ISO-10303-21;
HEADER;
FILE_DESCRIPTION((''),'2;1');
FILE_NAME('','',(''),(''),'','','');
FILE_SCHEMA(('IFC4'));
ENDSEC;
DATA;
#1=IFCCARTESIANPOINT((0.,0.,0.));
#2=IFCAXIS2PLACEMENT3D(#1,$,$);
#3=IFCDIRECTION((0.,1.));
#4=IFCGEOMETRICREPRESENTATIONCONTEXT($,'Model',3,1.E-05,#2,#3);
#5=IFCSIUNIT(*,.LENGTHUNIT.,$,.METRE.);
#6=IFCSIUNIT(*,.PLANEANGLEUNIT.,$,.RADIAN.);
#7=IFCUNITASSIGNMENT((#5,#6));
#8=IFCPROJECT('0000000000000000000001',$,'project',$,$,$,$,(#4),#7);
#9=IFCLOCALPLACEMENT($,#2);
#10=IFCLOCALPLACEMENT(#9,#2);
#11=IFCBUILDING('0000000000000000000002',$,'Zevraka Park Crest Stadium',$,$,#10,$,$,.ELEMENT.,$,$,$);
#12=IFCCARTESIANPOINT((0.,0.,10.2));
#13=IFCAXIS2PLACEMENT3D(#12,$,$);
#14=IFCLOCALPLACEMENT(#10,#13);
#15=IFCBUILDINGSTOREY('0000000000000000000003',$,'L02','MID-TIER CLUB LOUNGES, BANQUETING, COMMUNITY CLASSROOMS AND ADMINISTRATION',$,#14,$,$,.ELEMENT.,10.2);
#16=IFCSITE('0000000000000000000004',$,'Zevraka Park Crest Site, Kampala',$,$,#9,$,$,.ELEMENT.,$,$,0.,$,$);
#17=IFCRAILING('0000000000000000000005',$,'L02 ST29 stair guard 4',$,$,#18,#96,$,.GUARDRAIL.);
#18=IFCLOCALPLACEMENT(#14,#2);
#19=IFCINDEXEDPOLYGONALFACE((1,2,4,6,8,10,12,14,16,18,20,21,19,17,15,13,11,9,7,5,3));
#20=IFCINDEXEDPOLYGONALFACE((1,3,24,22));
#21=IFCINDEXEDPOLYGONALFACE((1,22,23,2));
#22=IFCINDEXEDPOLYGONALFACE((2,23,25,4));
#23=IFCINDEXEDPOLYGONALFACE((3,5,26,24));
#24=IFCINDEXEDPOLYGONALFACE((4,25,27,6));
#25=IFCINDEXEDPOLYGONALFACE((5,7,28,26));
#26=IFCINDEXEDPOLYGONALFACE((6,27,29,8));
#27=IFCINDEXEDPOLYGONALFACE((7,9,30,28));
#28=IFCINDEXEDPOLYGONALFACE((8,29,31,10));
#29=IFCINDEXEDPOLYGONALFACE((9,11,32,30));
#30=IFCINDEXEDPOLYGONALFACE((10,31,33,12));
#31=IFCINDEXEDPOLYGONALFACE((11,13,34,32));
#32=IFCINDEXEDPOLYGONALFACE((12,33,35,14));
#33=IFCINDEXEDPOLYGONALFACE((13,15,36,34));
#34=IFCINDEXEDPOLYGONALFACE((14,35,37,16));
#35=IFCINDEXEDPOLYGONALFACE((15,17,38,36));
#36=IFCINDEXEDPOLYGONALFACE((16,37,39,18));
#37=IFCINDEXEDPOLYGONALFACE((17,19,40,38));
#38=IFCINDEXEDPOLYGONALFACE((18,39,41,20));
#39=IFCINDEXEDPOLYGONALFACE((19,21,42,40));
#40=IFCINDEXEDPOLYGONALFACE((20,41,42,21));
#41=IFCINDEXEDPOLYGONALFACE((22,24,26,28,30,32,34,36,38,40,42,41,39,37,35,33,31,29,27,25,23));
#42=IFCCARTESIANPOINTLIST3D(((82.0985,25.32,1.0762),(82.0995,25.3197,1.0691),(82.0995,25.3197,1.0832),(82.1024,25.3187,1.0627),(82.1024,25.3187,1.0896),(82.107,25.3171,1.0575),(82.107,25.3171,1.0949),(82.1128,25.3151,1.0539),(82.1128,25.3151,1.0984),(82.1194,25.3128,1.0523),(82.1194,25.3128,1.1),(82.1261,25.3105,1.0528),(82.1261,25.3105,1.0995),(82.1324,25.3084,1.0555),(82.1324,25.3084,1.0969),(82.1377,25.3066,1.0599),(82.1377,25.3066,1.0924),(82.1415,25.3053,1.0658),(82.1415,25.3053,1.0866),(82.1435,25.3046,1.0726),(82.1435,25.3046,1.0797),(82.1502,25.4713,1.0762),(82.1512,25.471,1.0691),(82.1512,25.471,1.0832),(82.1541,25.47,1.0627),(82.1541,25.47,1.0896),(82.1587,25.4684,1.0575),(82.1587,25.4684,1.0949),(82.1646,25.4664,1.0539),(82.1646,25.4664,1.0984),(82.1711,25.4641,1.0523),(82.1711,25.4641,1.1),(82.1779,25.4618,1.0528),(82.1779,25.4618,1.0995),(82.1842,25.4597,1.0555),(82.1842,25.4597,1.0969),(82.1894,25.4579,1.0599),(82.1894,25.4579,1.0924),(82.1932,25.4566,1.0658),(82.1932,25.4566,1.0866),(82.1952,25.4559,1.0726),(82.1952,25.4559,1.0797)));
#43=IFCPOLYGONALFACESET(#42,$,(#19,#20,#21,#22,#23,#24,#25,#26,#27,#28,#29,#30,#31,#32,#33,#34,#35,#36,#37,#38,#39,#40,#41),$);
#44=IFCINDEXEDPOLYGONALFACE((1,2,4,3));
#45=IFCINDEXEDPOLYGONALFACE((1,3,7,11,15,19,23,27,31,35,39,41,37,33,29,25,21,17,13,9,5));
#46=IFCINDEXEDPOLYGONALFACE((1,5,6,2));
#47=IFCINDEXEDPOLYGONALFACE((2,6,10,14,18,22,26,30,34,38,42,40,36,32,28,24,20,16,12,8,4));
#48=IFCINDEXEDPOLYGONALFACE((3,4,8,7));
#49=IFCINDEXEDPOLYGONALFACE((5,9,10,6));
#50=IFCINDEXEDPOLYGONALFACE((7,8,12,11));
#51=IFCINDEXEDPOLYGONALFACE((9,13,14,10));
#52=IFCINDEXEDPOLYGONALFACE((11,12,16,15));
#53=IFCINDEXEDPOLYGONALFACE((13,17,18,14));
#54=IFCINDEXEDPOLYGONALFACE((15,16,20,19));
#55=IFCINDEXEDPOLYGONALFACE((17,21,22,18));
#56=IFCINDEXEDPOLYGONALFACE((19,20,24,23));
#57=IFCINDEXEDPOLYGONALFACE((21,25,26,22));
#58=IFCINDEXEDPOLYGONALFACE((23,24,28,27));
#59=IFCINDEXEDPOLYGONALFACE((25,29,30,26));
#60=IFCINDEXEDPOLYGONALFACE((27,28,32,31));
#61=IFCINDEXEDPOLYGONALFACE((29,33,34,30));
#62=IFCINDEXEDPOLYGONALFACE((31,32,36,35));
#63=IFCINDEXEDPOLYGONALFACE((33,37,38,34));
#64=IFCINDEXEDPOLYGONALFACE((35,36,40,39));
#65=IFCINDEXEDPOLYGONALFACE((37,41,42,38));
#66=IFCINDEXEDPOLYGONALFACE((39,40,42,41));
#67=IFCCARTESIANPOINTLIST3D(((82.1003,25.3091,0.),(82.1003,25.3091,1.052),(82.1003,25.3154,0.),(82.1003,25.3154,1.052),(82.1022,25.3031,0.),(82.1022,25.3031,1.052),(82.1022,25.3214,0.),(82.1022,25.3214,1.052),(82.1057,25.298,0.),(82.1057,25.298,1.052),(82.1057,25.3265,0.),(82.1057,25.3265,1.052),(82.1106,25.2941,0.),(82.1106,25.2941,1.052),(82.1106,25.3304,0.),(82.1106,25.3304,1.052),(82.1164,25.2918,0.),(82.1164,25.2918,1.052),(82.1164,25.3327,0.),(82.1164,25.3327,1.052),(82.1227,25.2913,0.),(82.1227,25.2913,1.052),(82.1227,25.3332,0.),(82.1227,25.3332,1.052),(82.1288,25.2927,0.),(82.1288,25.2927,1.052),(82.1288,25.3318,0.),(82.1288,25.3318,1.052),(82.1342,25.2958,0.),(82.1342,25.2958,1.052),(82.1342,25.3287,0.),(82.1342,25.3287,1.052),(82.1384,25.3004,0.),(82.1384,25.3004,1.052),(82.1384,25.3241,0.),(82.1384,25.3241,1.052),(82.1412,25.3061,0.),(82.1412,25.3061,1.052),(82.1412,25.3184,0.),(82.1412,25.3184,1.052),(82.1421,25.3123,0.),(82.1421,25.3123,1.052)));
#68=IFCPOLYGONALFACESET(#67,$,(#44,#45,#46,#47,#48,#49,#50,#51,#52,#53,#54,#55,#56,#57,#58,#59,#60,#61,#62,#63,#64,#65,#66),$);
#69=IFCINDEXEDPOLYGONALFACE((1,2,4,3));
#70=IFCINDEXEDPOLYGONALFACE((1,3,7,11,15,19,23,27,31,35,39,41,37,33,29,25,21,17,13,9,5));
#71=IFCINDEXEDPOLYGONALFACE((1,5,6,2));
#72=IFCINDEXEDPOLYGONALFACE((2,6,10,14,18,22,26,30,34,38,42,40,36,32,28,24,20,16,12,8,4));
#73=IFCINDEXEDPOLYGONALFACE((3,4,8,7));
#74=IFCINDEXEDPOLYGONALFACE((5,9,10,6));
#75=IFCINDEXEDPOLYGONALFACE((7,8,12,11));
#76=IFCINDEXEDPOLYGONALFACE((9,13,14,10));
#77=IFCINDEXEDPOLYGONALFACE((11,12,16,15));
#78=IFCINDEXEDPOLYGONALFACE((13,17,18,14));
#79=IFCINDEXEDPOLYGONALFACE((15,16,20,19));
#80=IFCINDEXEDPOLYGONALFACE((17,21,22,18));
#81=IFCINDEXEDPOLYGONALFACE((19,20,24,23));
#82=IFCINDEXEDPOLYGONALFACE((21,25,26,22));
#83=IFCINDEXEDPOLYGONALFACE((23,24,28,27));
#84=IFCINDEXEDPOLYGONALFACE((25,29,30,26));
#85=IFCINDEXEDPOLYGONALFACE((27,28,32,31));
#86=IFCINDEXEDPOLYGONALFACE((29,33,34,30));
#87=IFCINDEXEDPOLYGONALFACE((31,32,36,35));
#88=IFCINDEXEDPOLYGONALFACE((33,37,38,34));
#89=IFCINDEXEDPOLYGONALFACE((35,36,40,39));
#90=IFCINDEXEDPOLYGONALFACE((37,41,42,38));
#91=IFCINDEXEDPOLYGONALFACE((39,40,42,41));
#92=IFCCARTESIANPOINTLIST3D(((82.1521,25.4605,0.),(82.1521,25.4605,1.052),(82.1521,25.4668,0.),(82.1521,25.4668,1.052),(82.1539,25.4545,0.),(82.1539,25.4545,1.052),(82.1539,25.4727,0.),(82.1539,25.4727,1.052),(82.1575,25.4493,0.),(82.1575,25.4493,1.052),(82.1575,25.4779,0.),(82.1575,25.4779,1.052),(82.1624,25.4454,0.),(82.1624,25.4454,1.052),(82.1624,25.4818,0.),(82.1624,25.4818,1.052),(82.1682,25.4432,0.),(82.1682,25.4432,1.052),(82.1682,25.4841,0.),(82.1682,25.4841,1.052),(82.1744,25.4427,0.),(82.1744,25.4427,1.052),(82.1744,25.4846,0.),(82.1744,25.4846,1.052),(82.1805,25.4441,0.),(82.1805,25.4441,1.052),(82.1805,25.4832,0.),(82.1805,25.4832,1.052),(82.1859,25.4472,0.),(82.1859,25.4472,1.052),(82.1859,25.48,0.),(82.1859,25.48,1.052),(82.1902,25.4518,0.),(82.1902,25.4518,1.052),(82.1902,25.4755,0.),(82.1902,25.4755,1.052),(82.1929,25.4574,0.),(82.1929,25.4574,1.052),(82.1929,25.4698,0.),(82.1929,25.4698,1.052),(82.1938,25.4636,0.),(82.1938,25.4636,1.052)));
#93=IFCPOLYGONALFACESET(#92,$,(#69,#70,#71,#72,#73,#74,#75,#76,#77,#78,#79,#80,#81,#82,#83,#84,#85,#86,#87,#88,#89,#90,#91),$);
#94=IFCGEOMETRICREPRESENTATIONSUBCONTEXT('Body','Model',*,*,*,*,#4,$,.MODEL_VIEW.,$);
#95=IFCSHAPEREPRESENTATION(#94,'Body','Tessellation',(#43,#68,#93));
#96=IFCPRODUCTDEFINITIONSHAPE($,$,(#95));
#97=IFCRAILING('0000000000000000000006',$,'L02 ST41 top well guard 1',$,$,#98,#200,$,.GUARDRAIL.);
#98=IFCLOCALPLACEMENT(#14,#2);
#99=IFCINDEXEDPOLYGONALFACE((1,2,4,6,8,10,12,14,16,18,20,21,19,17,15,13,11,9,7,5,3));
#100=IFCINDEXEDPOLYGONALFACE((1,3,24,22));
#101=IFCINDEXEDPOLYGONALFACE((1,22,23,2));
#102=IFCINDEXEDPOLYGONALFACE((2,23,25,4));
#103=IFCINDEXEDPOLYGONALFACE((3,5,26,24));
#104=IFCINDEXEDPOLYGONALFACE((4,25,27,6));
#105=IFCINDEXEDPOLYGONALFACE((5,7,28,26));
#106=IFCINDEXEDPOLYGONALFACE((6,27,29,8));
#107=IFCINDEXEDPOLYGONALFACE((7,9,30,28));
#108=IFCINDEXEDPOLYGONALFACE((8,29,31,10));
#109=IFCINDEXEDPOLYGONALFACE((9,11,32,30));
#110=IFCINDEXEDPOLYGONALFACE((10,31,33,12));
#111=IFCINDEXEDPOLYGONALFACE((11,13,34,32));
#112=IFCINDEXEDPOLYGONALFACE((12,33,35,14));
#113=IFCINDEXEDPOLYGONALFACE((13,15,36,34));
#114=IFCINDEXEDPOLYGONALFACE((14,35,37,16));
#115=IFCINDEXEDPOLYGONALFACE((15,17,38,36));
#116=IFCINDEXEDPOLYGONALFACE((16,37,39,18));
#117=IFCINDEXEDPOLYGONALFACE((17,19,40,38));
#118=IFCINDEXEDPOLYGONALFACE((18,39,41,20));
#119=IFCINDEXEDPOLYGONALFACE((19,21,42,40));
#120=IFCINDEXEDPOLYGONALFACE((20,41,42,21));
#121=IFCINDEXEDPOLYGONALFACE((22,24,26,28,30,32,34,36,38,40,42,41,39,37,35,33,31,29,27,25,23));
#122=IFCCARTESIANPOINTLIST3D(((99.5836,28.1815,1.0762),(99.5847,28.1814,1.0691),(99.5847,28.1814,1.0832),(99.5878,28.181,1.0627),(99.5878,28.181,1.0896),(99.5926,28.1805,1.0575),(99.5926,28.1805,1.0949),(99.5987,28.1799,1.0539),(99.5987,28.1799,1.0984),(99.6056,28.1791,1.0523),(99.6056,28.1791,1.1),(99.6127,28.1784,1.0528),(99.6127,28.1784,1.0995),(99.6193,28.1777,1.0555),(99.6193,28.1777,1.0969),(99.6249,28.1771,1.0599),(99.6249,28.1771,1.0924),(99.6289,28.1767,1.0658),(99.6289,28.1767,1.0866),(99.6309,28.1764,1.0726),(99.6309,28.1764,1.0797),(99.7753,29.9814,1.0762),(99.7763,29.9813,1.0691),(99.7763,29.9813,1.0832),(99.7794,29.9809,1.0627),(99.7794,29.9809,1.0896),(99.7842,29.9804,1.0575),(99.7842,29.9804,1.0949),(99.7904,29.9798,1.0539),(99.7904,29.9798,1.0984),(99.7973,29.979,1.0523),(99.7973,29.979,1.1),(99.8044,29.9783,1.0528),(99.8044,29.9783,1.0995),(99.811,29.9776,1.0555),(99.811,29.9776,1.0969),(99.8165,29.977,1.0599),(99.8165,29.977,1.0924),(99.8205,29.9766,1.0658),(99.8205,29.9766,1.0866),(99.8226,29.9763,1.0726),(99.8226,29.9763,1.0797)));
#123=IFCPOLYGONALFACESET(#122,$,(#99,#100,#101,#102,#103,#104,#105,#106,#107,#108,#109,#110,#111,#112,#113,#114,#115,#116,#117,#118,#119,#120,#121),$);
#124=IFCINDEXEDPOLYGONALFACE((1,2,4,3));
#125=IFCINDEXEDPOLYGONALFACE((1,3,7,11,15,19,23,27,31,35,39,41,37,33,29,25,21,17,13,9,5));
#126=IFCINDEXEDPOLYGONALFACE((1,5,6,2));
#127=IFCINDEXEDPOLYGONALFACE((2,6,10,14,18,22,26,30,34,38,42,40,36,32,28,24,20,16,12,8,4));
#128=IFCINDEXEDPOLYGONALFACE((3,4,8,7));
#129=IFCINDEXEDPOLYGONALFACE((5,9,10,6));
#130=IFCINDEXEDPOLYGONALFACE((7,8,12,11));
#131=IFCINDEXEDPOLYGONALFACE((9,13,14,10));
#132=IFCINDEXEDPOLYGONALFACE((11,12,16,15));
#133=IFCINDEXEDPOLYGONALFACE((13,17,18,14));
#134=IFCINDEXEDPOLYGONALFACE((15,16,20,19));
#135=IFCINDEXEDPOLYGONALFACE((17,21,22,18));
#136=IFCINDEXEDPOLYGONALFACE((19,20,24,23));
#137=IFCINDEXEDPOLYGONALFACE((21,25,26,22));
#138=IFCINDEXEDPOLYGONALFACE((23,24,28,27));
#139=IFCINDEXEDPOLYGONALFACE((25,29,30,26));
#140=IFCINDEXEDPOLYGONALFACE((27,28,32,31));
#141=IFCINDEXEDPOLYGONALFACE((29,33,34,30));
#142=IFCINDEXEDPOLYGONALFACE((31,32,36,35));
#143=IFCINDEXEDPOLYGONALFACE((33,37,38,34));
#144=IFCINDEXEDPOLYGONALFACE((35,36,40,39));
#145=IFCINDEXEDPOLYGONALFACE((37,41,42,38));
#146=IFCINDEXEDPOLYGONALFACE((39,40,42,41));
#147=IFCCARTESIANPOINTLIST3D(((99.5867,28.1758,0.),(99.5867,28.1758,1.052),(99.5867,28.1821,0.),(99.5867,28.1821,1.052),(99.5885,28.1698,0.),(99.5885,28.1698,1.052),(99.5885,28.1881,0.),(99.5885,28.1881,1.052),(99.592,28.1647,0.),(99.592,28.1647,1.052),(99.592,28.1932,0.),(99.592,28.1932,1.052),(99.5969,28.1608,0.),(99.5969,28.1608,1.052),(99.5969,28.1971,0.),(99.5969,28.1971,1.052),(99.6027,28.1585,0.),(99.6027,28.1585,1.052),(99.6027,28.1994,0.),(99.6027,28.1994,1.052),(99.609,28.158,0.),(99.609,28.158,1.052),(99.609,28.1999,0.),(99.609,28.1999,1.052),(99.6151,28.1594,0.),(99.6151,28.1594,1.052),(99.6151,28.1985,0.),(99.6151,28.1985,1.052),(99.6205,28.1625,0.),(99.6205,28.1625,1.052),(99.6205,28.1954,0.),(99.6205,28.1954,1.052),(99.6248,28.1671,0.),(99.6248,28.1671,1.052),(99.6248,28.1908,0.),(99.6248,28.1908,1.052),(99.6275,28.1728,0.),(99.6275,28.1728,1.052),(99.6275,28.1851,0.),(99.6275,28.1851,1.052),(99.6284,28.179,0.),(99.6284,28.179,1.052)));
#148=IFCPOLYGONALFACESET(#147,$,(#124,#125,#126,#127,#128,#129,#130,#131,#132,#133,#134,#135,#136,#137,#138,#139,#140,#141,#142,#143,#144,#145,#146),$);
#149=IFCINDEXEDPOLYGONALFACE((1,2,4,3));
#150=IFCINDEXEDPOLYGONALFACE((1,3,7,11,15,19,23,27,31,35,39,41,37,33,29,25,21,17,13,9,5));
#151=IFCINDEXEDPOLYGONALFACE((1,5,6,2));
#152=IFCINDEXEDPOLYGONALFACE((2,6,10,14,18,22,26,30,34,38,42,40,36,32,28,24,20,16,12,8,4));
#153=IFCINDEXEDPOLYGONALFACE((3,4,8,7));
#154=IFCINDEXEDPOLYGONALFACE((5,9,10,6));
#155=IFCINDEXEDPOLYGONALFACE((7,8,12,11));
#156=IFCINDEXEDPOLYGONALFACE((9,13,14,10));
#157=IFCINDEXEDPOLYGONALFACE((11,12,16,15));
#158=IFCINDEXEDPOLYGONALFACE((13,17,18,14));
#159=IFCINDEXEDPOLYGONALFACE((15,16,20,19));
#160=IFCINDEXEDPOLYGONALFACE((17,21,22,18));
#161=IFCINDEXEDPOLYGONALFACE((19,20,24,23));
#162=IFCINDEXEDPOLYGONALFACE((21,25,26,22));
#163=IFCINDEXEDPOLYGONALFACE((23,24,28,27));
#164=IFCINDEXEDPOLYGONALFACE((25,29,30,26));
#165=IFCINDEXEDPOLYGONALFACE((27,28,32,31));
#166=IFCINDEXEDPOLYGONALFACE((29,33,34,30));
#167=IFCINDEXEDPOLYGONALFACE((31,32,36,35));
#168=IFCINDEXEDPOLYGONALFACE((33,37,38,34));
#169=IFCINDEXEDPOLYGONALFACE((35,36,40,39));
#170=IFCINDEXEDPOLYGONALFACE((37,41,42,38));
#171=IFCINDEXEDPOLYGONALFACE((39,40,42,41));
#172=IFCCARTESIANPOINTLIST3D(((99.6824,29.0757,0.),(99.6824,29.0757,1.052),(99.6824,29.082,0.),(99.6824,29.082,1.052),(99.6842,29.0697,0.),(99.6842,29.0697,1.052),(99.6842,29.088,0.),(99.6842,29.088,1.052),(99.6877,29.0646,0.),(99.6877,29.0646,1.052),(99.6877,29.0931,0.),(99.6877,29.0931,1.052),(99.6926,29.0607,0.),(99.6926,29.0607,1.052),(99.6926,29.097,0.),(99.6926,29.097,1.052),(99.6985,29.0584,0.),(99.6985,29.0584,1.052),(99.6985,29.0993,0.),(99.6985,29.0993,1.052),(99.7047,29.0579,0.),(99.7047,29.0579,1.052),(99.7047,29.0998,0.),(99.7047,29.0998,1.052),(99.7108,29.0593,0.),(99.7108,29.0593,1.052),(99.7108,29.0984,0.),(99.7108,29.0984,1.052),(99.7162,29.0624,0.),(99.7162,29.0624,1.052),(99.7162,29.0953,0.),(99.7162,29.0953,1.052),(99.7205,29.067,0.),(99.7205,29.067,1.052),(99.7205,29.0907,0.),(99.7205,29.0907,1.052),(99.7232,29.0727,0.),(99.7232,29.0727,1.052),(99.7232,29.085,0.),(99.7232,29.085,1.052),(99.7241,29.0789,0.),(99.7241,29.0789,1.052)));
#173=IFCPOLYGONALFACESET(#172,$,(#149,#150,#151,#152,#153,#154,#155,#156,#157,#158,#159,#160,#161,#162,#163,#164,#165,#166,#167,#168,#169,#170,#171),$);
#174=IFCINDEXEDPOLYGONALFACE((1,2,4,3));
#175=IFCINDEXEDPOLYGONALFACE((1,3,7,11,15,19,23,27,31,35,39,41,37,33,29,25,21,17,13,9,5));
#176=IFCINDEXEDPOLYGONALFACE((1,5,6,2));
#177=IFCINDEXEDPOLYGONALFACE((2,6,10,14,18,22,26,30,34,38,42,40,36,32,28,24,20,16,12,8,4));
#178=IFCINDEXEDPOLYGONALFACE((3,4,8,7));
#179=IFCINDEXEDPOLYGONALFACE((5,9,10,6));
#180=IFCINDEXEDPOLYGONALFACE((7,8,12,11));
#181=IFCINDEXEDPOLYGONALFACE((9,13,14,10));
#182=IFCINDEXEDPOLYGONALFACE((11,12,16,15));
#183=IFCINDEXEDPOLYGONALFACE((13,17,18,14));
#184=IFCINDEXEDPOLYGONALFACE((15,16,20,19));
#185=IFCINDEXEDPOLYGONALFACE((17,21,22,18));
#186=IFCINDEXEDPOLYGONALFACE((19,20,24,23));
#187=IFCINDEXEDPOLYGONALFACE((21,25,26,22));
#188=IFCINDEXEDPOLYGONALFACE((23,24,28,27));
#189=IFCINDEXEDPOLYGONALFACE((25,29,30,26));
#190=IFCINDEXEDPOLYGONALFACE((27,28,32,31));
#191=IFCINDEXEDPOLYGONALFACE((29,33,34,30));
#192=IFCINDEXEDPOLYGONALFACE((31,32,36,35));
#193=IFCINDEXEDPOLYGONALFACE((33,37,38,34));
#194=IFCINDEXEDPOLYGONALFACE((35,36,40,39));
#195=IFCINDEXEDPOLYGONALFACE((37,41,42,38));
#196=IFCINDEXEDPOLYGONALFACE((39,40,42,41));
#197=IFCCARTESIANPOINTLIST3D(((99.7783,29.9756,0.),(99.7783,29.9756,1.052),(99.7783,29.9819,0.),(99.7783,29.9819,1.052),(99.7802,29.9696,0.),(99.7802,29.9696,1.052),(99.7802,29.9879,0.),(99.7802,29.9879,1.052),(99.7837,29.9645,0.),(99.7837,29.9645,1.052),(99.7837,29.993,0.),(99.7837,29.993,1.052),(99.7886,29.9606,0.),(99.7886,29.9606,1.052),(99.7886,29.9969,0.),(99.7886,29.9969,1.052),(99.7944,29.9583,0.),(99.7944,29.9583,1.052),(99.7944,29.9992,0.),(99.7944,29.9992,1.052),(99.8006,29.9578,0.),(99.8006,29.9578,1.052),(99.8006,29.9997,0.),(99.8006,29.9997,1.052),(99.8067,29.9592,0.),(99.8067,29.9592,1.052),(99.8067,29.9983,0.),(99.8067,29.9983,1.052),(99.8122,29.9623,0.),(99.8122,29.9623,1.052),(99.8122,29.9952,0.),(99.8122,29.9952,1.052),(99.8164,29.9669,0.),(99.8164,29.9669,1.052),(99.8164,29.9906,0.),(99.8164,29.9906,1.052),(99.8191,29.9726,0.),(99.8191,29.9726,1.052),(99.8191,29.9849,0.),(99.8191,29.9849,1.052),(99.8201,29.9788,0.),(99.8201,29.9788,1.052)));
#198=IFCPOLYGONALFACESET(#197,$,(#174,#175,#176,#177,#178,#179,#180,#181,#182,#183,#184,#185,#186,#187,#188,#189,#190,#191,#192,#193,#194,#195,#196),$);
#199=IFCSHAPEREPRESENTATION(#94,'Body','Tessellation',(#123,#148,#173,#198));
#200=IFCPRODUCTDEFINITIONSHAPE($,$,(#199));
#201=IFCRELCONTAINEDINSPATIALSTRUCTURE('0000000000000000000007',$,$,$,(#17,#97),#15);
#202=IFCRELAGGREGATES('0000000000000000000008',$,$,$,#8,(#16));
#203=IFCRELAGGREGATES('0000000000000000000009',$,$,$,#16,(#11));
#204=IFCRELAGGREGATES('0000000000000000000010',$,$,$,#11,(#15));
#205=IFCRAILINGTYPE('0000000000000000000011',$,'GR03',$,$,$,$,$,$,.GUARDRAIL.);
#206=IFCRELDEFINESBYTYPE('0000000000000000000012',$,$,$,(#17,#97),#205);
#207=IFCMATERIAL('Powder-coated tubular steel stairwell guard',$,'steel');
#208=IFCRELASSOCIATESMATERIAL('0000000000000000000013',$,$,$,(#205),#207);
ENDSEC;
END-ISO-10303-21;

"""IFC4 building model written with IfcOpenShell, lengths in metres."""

from ifc_helpers import new_model, si_unit, direction, frame, origin, origin_2d, place, context, subcontext, project, spatial, circle, extrude, material, type_object, element, save


model = new_model("IFC4")

# Units and contexts
model_context = context("Model", 3, precision=1e-05, world=origin(), true_north=direction((0.0, 1.0)))
body_context = subcontext(model_context, "Body", "Model", "MODEL_VIEW")
ifc_project = project(units=[si_unit("LENGTHUNIT", "METRE"), si_unit("PLANEANGLEUNIT", "RADIAN")], contexts=[model_context])

# Site, building, storey
site_placement = place(None, origin())
site = spatial("IfcSite", under=ifc_project, at=site_placement, Name="Zevraka Park Crest Site, Kampala", CompositionType="ELEMENT", RefElevation=0.0)
building_placement = place(site_placement, origin())
building = spatial("IfcBuilding", under=site, at=building_placement, Name="Zevraka Park Crest Stadium", CompositionType="ELEMENT")
storey_placement = place(building_placement, frame((0.0, 0.0, 10.2)))
storey = spatial("IfcBuildingStorey", under=building, at=storey_placement, Name="L02", Description="MID-TIER CLUB LOUNGES, BANQUETING, COMMUNITY CLASSROOMS AND ADMINISTRATION", CompositionType="ELEMENT", Elevation=10.2)

# Railings
ifc_material_1 = material(Name="Powder-coated tubular steel stairwell guard", Category="steel")
railing_type_1 = type_object("IfcRailingType", Name="GR03", PredefinedType="GUARDRAIL", material=ifc_material_1)
railing_1_placement = place(storey_placement, frame((82.1211, 25.3123, 0.0)))
element("IfcRailing", 1, at=railing_1_placement, inside=storey, type_object=railing_type_1, Name="L02 ST29 stair guard 4", PredefinedType="GUARDRAIL", context=body_context, shape_type="SweptSolid", body=[
    extrude(circle(Radius=0.0239, at=origin_2d()), frame((0.0, 0.0, 1.0762), z_axis=(0.323544, 0.946213, 0.0), x_axis=(-0.946213, 0.323544, 0.0)), (0.0, 0.0, 1.0), 0.1599),
    extrude(circle(Radius=0.021, at=origin_2d()), origin(), (0.0, 0.0, 1.0), 1.052),
    extrude(circle(Radius=0.021, at=origin_2d()), frame((0.0518, 0.1514, 0.0)), (0.0, 0.0, 1.0), 1.052),
])
railing_2_placement = place(storey_placement, frame((99.6074, 28.179, 0.0)))
element("IfcRailing", 2, at=railing_2_placement, inside=storey, type_object=railing_type_1, Name="L02 ST41 top well guard 1", PredefinedType="GUARDRAIL", context=body_context, shape_type="SweptSolid", body=[
    extrude(circle(Radius=0.0239, at=origin_2d()), frame((0.0, 0.0, 1.0762), z_axis=(0.105885, 0.994378, 0.0), x_axis=(-0.994378, 0.105885, 0.0)), (0.0, 0.0, 1.0), 1.8101),
    extrude(circle(Radius=0.021, at=origin_2d()), origin(), (0.0, 0.0, 1.0), 1.052),
    extrude(circle(Radius=0.021, at=origin_2d()), frame((0.0957, 0.8999, 0.0)), (0.0, 0.0, 1.0), 1.052),
    extrude(circle(Radius=0.021, at=origin_2d()), frame((0.1917, 1.7998, 0.0)), (0.0, 0.0, 1.0), 1.052),
])

save(model, "model.ifc")
